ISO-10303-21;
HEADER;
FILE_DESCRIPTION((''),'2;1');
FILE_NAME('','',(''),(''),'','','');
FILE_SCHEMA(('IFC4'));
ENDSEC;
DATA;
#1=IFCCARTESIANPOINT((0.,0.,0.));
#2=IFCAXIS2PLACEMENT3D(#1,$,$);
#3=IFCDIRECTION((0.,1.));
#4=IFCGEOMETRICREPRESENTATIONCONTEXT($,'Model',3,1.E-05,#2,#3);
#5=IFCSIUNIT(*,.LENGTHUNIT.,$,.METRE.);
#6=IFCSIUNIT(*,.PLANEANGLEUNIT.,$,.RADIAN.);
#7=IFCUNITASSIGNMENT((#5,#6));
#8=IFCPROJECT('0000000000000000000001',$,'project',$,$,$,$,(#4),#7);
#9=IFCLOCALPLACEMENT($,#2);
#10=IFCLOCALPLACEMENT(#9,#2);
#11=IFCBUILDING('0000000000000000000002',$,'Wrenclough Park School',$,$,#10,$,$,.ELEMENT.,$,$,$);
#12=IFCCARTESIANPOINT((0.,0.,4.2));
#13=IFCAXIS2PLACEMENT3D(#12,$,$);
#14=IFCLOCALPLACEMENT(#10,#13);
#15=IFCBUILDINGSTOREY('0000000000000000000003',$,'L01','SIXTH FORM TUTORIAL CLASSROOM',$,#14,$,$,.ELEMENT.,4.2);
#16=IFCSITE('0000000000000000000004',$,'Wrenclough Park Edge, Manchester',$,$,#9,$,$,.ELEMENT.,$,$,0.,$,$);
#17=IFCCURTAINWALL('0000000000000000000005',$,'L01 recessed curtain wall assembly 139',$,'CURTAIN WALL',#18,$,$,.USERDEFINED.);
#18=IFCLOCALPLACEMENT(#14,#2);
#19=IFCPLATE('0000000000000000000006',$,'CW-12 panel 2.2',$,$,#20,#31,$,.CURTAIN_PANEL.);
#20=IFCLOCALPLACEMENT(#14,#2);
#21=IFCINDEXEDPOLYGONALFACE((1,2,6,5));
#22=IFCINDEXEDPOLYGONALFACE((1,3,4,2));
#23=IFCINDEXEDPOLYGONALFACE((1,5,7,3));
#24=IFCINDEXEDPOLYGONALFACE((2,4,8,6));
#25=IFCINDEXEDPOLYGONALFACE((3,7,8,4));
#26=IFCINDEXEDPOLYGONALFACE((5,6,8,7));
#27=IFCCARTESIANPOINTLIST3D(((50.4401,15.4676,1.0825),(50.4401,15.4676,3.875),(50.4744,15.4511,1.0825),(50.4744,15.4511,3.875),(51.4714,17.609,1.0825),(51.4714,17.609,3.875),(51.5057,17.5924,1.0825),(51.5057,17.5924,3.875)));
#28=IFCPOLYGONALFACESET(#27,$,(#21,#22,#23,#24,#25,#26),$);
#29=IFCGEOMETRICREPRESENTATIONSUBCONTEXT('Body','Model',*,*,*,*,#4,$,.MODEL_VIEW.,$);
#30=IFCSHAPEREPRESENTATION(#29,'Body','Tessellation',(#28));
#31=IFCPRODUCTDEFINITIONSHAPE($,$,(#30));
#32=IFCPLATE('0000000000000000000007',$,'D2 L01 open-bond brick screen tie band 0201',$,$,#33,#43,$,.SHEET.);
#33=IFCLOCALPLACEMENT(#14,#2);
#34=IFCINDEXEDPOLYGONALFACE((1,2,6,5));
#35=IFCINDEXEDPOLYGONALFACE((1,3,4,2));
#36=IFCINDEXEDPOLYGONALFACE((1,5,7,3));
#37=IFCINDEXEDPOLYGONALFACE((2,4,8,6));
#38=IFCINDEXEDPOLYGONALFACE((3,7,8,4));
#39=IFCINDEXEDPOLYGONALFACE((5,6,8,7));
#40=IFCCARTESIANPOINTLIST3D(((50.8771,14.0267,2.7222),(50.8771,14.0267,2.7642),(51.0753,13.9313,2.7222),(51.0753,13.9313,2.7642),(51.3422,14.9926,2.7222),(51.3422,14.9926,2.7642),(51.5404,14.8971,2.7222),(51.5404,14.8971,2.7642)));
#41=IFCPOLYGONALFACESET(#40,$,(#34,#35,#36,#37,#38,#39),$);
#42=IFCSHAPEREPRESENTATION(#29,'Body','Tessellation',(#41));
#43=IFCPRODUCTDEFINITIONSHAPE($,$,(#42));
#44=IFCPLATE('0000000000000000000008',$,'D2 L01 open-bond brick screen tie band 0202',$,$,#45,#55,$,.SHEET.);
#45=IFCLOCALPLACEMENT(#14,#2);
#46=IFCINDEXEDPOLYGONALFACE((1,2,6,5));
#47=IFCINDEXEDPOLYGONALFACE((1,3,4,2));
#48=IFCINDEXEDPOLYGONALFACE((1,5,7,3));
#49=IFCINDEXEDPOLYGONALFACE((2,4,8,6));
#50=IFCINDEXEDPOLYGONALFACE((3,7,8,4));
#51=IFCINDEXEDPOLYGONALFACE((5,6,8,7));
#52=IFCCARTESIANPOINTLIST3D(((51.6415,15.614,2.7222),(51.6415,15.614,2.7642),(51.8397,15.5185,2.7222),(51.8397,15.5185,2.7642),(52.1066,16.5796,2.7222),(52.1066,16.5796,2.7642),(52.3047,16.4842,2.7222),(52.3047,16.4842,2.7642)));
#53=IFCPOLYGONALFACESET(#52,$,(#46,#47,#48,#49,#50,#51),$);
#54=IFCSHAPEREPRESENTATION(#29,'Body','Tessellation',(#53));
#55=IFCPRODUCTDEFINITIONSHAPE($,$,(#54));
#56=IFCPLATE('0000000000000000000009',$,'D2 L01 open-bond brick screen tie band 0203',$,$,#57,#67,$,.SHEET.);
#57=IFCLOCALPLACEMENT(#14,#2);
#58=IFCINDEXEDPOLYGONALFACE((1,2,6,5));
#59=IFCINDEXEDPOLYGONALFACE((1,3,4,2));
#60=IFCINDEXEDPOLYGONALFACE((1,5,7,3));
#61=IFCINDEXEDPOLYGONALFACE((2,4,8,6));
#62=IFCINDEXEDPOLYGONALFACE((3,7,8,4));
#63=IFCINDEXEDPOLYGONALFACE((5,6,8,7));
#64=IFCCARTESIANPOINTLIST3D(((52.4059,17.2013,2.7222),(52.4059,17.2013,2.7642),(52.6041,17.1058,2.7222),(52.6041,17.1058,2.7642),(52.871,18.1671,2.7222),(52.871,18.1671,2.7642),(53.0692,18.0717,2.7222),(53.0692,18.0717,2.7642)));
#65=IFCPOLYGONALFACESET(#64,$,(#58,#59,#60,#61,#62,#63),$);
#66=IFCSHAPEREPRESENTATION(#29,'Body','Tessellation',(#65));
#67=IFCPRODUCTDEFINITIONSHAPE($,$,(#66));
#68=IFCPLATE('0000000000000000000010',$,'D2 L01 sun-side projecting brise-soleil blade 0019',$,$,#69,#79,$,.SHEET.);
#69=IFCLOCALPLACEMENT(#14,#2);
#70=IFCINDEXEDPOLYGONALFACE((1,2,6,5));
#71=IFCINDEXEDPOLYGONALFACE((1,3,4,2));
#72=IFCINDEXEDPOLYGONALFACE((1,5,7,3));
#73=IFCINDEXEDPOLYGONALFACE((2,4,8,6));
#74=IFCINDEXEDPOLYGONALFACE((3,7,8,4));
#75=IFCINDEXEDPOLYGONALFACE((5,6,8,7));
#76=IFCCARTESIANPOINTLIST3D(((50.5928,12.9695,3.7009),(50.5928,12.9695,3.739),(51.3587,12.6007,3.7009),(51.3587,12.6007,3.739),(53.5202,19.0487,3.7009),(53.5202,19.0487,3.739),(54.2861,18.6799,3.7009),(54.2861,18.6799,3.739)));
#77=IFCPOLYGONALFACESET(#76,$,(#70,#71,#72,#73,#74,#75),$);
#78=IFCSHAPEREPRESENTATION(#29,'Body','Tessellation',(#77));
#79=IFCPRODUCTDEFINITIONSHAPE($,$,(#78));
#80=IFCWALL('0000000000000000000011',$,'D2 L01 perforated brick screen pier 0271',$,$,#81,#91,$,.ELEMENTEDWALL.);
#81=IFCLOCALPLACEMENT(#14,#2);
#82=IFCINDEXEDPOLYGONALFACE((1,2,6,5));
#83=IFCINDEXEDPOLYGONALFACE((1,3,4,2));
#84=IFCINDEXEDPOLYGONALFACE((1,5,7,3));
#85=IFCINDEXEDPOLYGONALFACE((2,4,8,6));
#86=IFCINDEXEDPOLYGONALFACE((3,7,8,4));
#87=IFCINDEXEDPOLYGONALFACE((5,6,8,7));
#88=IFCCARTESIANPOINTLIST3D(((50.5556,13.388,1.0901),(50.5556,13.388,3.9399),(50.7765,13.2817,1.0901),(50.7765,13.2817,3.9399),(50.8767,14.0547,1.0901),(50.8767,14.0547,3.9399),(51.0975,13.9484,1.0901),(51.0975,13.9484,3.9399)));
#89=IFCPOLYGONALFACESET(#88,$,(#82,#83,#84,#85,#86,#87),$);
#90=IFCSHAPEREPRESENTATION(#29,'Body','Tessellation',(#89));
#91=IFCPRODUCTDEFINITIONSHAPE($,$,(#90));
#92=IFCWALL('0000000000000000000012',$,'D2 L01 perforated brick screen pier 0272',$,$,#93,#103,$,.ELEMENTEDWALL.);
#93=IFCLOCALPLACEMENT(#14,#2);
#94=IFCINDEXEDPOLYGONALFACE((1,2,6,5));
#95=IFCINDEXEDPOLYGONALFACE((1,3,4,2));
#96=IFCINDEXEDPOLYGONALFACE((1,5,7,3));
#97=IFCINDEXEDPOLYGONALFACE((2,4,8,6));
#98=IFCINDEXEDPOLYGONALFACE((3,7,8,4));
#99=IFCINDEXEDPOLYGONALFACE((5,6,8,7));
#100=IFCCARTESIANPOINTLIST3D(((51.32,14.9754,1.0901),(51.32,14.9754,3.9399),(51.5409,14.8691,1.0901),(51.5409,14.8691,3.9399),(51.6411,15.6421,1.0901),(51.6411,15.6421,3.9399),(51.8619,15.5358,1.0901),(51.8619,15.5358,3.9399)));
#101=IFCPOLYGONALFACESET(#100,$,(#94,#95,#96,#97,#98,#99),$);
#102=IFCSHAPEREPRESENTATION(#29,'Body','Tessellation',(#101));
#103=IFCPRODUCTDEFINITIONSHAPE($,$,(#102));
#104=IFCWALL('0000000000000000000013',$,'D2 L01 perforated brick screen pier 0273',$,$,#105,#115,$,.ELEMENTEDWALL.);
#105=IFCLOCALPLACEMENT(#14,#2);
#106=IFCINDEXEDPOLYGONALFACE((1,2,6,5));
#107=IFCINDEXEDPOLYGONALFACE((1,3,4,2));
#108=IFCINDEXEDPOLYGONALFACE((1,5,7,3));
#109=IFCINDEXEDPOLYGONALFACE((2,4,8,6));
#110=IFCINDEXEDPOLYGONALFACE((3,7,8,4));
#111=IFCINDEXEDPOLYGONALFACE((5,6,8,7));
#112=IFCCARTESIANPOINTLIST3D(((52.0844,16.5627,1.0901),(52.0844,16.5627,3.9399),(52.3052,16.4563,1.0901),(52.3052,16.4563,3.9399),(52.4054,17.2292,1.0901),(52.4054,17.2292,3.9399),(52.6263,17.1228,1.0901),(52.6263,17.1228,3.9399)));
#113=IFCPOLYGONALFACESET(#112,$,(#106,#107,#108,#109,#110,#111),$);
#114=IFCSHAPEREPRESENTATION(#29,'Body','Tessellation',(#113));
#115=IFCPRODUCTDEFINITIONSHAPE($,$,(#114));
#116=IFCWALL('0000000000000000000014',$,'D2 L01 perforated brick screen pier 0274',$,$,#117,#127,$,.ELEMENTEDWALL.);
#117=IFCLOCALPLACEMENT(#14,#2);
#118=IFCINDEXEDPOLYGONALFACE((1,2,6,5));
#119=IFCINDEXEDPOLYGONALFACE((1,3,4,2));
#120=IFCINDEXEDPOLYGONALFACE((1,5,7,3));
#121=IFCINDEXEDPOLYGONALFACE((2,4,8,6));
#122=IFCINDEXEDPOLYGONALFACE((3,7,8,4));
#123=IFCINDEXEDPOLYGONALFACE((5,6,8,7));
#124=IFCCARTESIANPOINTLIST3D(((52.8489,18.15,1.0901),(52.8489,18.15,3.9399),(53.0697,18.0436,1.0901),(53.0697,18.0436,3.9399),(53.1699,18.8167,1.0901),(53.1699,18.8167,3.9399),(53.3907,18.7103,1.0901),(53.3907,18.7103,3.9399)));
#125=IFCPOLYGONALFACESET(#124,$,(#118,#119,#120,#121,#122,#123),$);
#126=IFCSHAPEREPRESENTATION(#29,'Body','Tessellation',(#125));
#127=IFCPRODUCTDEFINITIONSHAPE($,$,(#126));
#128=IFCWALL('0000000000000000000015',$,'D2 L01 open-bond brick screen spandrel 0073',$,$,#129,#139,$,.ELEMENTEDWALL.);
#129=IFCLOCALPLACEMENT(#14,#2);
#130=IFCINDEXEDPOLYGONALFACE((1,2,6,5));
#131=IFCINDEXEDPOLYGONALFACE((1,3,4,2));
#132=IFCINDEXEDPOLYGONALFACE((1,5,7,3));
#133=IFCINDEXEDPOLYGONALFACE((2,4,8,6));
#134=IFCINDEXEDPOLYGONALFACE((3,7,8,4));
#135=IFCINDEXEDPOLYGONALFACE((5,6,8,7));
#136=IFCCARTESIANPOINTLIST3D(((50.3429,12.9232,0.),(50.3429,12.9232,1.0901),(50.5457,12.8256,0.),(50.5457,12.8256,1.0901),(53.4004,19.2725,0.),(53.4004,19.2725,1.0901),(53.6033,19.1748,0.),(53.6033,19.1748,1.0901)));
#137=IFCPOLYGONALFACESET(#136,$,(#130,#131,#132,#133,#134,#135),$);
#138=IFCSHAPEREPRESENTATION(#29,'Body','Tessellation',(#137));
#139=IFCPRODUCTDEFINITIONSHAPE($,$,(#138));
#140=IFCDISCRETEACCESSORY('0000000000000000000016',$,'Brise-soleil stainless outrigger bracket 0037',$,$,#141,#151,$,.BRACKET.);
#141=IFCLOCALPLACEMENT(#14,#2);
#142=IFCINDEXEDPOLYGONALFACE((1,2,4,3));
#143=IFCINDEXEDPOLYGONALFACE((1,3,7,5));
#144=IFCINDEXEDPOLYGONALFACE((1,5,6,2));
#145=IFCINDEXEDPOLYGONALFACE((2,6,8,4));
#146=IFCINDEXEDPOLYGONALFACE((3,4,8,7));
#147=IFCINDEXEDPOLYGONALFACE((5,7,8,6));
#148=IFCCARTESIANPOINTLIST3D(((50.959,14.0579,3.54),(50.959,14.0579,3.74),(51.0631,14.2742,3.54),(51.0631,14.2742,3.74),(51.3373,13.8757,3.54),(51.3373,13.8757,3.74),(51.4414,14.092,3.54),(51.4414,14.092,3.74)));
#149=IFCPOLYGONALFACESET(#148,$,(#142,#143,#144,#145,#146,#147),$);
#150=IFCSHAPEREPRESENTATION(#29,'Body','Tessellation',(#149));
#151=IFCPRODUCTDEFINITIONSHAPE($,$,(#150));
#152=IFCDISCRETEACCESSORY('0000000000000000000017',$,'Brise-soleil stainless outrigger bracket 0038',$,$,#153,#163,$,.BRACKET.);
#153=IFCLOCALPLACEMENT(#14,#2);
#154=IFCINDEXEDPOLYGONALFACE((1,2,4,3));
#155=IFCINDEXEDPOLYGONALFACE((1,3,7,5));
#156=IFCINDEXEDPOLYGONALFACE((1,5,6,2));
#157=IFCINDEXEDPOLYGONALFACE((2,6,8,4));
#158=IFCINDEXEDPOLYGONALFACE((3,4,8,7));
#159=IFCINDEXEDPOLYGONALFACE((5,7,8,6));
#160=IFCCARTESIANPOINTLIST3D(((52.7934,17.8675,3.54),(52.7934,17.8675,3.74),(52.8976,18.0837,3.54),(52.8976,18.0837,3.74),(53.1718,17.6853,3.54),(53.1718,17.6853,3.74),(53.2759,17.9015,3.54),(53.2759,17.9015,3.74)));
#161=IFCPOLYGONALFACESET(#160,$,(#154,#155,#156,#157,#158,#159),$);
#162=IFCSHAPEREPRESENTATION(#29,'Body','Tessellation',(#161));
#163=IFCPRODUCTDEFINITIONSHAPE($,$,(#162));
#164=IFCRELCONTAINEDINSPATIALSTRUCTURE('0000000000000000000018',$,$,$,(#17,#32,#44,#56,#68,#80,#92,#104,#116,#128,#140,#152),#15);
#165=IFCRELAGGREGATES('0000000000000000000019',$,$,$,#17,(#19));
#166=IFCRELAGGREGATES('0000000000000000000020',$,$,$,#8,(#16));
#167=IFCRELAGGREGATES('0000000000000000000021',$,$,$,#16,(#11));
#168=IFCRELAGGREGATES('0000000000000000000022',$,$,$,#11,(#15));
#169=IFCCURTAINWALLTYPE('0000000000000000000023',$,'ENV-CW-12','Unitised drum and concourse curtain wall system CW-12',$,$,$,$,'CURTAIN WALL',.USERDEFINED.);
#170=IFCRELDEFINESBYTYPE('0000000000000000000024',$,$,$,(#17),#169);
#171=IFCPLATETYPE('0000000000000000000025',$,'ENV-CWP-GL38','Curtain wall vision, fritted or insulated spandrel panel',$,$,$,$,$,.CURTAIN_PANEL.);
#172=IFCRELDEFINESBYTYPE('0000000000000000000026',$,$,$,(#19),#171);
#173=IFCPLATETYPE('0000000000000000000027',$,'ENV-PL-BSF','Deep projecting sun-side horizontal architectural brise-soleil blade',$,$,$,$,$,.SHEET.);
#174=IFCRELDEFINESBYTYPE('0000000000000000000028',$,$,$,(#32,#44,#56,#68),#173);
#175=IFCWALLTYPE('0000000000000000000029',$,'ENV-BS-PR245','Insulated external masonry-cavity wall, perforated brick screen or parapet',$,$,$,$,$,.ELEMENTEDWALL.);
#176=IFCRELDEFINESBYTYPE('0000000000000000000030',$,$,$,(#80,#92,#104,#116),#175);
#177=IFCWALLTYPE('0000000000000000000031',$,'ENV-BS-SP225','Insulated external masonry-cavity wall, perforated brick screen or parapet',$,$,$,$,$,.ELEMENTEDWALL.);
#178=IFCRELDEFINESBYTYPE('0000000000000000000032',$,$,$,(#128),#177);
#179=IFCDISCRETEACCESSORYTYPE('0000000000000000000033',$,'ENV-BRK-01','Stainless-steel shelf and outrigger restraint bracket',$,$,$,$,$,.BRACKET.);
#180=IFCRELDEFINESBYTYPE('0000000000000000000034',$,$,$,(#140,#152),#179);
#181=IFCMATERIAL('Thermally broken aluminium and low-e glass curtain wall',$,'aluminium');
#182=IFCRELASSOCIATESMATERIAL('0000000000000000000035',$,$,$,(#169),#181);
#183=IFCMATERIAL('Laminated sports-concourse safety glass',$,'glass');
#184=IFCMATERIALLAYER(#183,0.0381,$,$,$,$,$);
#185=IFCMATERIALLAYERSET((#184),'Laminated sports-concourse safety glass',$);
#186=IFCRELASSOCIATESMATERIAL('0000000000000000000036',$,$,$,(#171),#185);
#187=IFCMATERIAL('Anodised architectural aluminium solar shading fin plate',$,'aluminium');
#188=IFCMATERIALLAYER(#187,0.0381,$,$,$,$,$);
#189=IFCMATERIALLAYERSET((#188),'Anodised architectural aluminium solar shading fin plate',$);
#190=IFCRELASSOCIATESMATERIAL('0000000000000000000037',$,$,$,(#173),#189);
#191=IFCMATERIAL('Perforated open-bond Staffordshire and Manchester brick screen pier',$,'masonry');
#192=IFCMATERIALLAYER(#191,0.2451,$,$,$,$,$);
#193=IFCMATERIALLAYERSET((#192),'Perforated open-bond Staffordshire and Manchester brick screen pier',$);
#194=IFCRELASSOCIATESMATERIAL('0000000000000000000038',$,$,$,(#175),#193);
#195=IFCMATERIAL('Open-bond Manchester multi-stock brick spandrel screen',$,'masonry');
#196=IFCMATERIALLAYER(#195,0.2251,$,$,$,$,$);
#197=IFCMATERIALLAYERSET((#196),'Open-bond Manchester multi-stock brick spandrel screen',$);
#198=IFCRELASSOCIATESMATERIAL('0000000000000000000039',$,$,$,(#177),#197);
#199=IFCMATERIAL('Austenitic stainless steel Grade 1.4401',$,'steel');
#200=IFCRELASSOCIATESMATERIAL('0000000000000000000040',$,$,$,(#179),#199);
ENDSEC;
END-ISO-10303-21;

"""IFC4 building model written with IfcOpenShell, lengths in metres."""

from ifc_helpers import new_model, si_unit, direction, frame, frame_2d, origin, origin_2d, place, context, subcontext, project, spatial, rectangle, extrude, material, layer, layer_set, type_object, element, aggregate, save


model = new_model("IFC4")

# Units and contexts
model_context = context("Model", 3, precision=1e-05, world=origin(), true_north=direction((0.0, 1.0)))
body_context = subcontext(model_context, "Body", "Model", "MODEL_VIEW")
ifc_project = project(units=[si_unit("LENGTHUNIT", "METRE"), si_unit("PLANEANGLEUNIT", "RADIAN")], contexts=[model_context])

# Site, building, storey
site_placement = place(None, origin())
site = spatial("IfcSite", under=ifc_project, at=site_placement, Name="Wrenclough Park Edge, Manchester", CompositionType="ELEMENT", RefElevation=0.0)
building_placement = place(site_placement, origin())
building = spatial("IfcBuilding", under=site, at=building_placement, Name="Wrenclough Park School", CompositionType="ELEMENT")
storey_placement = place(building_placement, frame((0.0, 0.0, 4.2)))
storey = spatial("IfcBuildingStorey", under=building, at=storey_placement, Name="L01", Description="SIXTH FORM TUTORIAL CLASSROOM", CompositionType="ELEMENT", Elevation=4.2)

# Curtain wall, plate
ifc_material_1 = material(Name="Thermally broken aluminium and low-e glass curtain wall", Category="aluminium")
curtain_wall_type = type_object("IfcCurtainWallType", Name="ENV-CW-12", Description="Unitised drum and concourse curtain wall system CW-12", ElementType="CURTAIN WALL", PredefinedType="USERDEFINED", material=ifc_material_1)
curtain_wall_placement = place(storey_placement, origin())
curtain_wall = element("IfcCurtainWall", 1, at=curtain_wall_placement, inside=storey, type_object=curtain_wall_type, Name="L01 recessed curtain wall assembly 139", ObjectType="CURTAIN WALL", PredefinedType="USERDEFINED")
ifc_material_2 = material(Name="Laminated sports-concourse safety glass", Category="glass")
ifc_layer_1 = layer(ifc_material_2, 0.0381)
ifc_layer_set_1 = layer_set([ifc_layer_1], Name="Laminated sports-concourse safety glass")
plate_type_1 = type_object("IfcPlateType", Name="ENV-CWP-GL38", Description="Curtain wall vision, fritted or insulated spandrel panel", PredefinedType="CURTAIN_PANEL", material=ifc_layer_set_1)
plate_1_placement = place(storey_placement, frame((50.9729, 16.53, 1.0825), z_axis=(0.0, 0.0, 1.0), x_axis=(-0.433895, -0.900964, 0.0)))
plate_1 = element("IfcPlate", 2, at=plate_1_placement, type_object=plate_type_1, Name="CW-12 panel 2.2", PredefinedType="CURTAIN_PANEL", context=body_context, shape_type="SweptSolid", body=[
    extrude(rectangle(XDim=2.3767, YDim=0.0381, at=origin_2d()), origin(), (0.0, 0.0, 1.0), 2.7925),
])
aggregate(curtain_wall, [plate_1])

# Plates
ifc_material_3 = material(Name="Anodised architectural aluminium solar shading fin plate", Category="aluminium")
ifc_layer_2 = layer(ifc_material_3, 0.0381)
ifc_layer_set_2 = layer_set([ifc_layer_2], Name="Anodised architectural aluminium solar shading fin plate")
plate_type_2 = type_object("IfcPlateType", Name="ENV-PL-BSF", Description="Deep projecting sun-side horizontal architectural brise-soleil blade", PredefinedType="SHEET", material=ifc_layer_set_2)
plate_2_placement = place(storey_placement, frame((51.2087, 14.4619, 2.7222), z_axis=(0.0, 0.0, 1.0), x_axis=(0.433871, 0.900975, 0.0)))
element("IfcPlate", 3, at=plate_2_placement, inside=storey, type_object=plate_type_2, Name="D2 L01 open-bond brick screen tie band 0201", PredefinedType="SHEET", context=body_context, shape_type="SweptSolid", body=[
    extrude(rectangle(XDim=1.072, YDim=0.22, at=origin_2d()), origin(), (0.0, 0.0, 1.0), 0.042),
])
plate_3_placement = place(storey_placement, frame((51.9731, 16.0491, 2.7222), z_axis=(0.0, 0.0, 1.0), x_axis=(0.433871, 0.900975, 0.0)))
element("IfcPlate", 4, at=plate_3_placement, inside=storey, type_object=plate_type_2, Name="D2 L01 open-bond brick screen tie band 0202", PredefinedType="SHEET", context=body_context, shape_type="SweptSolid", body=[
    extrude(rectangle(XDim=1.0718, YDim=0.22, at=origin_2d()), origin(), (0.0, 0.0, 1.0), 0.042),
])
plate_4_placement = place(storey_placement, frame((52.7375, 17.6365, 2.7222), z_axis=(0.0, 0.0, 1.0), x_axis=(0.433871, 0.900975, 0.0)))
element("IfcPlate", 5, at=plate_4_placement, inside=storey, type_object=plate_type_2, Name="D2 L01 open-bond brick screen tie band 0203", PredefinedType="SHEET", context=body_context, shape_type="SweptSolid", body=[
    extrude(rectangle(XDim=1.072, YDim=0.22, at=origin_2d()), origin(), (0.0, 0.0, 1.0), 0.042),
])
plate_5_placement = place(storey_placement, frame((52.4395, 15.8247, 3.7009), z_axis=(0.0, 0.0, 1.0), x_axis=(0.433871, 0.900975, 0.0)))
element("IfcPlate", 6, at=plate_5_placement, inside=storey, type_object=plate_type_2, Name="D2 L01 sun-side projecting brise-soleil blade 0019", PredefinedType="SHEET", context=body_context, shape_type="SweptSolid", body=[
    extrude(rectangle(XDim=6.7473, YDim=0.8501, at=origin_2d()), origin(), (0.0, 0.0, 1.0), 0.0381),
])

# Walls
ifc_material_4 = material(Name="Perforated open-bond Staffordshire and Manchester brick screen pier", Category="masonry")
ifc_layer_3 = layer(ifc_material_4, 0.2451)
ifc_layer_set_3 = layer_set([ifc_layer_3], Name="Perforated open-bond Staffordshire and Manchester brick screen pier")
wall_type_1 = type_object("IfcWallType", Name="ENV-BS-PR245", Description="Insulated external masonry-cavity wall, perforated brick screen or parapet", PredefinedType="ELEMENTEDWALL", material=ifc_layer_set_3)
for number, where, z_axis, x_axis, name in (
    (7, (50.666, 13.3347, 1.0901), (0.0, 0.0, 1.0), (0.433835, 0.900992, 0.0), "D2 L01 perforated brick screen pier 0271"),
    (8, (51.4304, 14.9221, 1.0901), (0.0, 0.0, 1.0), (0.433835, 0.900992, 0.0), "D2 L01 perforated brick screen pier 0272"),
):
    element("IfcWall", number, at=place(storey_placement, frame(where, z_axis=z_axis, x_axis=x_axis)), inside=storey, type_object=wall_type_1, Name=name, PredefinedType="ELEMENTEDWALL", context=body_context, shape_type="SweptSolid", body=[
        extrude(rectangle(XDim=0.74, YDim=0.2451, at=frame_2d((0.3701, 0.0))), origin(), (0.0, 0.0, 1.0), 2.8499),
    ])
wall_1_placement = place(storey_placement, frame((52.1948, 16.5095, 1.0901), z_axis=(0.0, 0.0, 1.0), x_axis=(0.433964, 0.90093, 0.0)))
element("IfcWall", 9, at=wall_1_placement, inside=storey, type_object=wall_type_1, Name="D2 L01 perforated brick screen pier 0273", PredefinedType="ELEMENTEDWALL", context=body_context, shape_type="SweptSolid", body=[
    extrude(rectangle(XDim=0.7397, YDim=0.2451, at=frame_2d((0.3699, 0.0))), origin(), (0.0, 0.0, 1.0), 2.8499),
])
wall_2_placement = place(storey_placement, frame((52.9592, 18.0967, 1.0901), z_axis=(0.0, 0.0, 1.0), x_axis=(0.433835, 0.900992, 0.0)))
element("IfcWall", 10, at=wall_2_placement, inside=storey, type_object=wall_type_1, Name="D2 L01 perforated brick screen pier 0274", PredefinedType="ELEMENTEDWALL", context=body_context, shape_type="SweptSolid", body=[
    extrude(rectangle(XDim=0.74, YDim=0.2451, at=frame_2d((0.3701, 0.0))), origin(), (0.0, 0.0, 1.0), 2.8499),
])
ifc_material_5 = material(Name="Open-bond Manchester multi-stock brick spandrel screen", Category="masonry")
ifc_layer_4 = layer(ifc_material_5, 0.2251)
ifc_layer_set_4 = layer_set([ifc_layer_4], Name="Open-bond Manchester multi-stock brick spandrel screen")
wall_type_2 = type_object("IfcWallType", Name="ENV-BS-SP225", Description="Insulated external masonry-cavity wall, perforated brick screen or parapet", PredefinedType="ELEMENTEDWALL", material=ifc_layer_set_4)
wall_3_placement = place(storey_placement, frame((50.4443, 12.8745, 0.0), z_axis=(0.0, 0.0, 1.0), x_axis=(0.433875, 0.900973, 0.0)))
element("IfcWall", 11, at=wall_3_placement, inside=storey, type_object=wall_type_2, Name="D2 L01 open-bond brick screen spandrel 0073", PredefinedType="ELEMENTEDWALL", context=body_context, shape_type="SweptSolid", body=[
    extrude(rectangle(XDim=7.0471, YDim=0.2251, at=frame_2d((3.5234, 0.0))), origin(), (0.0, 0.0, 1.0), 1.0901),
])

# Discrete accessories
ifc_material_6 = material(Name="Austenitic stainless steel Grade 1.4401", Category="steel")
discrete_accessory_type = type_object("IfcDiscreteAccessoryType", Name="ENV-BRK-01", Description="Stainless-steel shelf and outrigger restraint bracket", PredefinedType="BRACKET", material=ifc_material_6)
for number, where, z_axis, x_axis, name in (
    (12, (51.2002, 14.075, 3.54), (0.0, 0.0, 1.0), (0.433871, 0.900975, 0.0), "Brise-soleil stainless outrigger bracket 0037"),
    (13, (53.0347, 17.8845, 3.54), (0.0, 0.0, 1.0), (0.433871, 0.900975, 0.0), "Brise-soleil stainless outrigger bracket 0038"),
):
    element("IfcDiscreteAccessory", number, at=place(storey_placement, frame(where, z_axis=z_axis, x_axis=x_axis)), inside=storey, type_object=discrete_accessory_type, Name=name, PredefinedType="BRACKET", context=body_context, shape_type="SweptSolid", body=[
        extrude(rectangle(XDim=0.24, YDim=0.4199, at=origin_2d()), origin(), (0.0, 0.0, 1.0), 0.2),
    ])

save(model, "model.ifc")
